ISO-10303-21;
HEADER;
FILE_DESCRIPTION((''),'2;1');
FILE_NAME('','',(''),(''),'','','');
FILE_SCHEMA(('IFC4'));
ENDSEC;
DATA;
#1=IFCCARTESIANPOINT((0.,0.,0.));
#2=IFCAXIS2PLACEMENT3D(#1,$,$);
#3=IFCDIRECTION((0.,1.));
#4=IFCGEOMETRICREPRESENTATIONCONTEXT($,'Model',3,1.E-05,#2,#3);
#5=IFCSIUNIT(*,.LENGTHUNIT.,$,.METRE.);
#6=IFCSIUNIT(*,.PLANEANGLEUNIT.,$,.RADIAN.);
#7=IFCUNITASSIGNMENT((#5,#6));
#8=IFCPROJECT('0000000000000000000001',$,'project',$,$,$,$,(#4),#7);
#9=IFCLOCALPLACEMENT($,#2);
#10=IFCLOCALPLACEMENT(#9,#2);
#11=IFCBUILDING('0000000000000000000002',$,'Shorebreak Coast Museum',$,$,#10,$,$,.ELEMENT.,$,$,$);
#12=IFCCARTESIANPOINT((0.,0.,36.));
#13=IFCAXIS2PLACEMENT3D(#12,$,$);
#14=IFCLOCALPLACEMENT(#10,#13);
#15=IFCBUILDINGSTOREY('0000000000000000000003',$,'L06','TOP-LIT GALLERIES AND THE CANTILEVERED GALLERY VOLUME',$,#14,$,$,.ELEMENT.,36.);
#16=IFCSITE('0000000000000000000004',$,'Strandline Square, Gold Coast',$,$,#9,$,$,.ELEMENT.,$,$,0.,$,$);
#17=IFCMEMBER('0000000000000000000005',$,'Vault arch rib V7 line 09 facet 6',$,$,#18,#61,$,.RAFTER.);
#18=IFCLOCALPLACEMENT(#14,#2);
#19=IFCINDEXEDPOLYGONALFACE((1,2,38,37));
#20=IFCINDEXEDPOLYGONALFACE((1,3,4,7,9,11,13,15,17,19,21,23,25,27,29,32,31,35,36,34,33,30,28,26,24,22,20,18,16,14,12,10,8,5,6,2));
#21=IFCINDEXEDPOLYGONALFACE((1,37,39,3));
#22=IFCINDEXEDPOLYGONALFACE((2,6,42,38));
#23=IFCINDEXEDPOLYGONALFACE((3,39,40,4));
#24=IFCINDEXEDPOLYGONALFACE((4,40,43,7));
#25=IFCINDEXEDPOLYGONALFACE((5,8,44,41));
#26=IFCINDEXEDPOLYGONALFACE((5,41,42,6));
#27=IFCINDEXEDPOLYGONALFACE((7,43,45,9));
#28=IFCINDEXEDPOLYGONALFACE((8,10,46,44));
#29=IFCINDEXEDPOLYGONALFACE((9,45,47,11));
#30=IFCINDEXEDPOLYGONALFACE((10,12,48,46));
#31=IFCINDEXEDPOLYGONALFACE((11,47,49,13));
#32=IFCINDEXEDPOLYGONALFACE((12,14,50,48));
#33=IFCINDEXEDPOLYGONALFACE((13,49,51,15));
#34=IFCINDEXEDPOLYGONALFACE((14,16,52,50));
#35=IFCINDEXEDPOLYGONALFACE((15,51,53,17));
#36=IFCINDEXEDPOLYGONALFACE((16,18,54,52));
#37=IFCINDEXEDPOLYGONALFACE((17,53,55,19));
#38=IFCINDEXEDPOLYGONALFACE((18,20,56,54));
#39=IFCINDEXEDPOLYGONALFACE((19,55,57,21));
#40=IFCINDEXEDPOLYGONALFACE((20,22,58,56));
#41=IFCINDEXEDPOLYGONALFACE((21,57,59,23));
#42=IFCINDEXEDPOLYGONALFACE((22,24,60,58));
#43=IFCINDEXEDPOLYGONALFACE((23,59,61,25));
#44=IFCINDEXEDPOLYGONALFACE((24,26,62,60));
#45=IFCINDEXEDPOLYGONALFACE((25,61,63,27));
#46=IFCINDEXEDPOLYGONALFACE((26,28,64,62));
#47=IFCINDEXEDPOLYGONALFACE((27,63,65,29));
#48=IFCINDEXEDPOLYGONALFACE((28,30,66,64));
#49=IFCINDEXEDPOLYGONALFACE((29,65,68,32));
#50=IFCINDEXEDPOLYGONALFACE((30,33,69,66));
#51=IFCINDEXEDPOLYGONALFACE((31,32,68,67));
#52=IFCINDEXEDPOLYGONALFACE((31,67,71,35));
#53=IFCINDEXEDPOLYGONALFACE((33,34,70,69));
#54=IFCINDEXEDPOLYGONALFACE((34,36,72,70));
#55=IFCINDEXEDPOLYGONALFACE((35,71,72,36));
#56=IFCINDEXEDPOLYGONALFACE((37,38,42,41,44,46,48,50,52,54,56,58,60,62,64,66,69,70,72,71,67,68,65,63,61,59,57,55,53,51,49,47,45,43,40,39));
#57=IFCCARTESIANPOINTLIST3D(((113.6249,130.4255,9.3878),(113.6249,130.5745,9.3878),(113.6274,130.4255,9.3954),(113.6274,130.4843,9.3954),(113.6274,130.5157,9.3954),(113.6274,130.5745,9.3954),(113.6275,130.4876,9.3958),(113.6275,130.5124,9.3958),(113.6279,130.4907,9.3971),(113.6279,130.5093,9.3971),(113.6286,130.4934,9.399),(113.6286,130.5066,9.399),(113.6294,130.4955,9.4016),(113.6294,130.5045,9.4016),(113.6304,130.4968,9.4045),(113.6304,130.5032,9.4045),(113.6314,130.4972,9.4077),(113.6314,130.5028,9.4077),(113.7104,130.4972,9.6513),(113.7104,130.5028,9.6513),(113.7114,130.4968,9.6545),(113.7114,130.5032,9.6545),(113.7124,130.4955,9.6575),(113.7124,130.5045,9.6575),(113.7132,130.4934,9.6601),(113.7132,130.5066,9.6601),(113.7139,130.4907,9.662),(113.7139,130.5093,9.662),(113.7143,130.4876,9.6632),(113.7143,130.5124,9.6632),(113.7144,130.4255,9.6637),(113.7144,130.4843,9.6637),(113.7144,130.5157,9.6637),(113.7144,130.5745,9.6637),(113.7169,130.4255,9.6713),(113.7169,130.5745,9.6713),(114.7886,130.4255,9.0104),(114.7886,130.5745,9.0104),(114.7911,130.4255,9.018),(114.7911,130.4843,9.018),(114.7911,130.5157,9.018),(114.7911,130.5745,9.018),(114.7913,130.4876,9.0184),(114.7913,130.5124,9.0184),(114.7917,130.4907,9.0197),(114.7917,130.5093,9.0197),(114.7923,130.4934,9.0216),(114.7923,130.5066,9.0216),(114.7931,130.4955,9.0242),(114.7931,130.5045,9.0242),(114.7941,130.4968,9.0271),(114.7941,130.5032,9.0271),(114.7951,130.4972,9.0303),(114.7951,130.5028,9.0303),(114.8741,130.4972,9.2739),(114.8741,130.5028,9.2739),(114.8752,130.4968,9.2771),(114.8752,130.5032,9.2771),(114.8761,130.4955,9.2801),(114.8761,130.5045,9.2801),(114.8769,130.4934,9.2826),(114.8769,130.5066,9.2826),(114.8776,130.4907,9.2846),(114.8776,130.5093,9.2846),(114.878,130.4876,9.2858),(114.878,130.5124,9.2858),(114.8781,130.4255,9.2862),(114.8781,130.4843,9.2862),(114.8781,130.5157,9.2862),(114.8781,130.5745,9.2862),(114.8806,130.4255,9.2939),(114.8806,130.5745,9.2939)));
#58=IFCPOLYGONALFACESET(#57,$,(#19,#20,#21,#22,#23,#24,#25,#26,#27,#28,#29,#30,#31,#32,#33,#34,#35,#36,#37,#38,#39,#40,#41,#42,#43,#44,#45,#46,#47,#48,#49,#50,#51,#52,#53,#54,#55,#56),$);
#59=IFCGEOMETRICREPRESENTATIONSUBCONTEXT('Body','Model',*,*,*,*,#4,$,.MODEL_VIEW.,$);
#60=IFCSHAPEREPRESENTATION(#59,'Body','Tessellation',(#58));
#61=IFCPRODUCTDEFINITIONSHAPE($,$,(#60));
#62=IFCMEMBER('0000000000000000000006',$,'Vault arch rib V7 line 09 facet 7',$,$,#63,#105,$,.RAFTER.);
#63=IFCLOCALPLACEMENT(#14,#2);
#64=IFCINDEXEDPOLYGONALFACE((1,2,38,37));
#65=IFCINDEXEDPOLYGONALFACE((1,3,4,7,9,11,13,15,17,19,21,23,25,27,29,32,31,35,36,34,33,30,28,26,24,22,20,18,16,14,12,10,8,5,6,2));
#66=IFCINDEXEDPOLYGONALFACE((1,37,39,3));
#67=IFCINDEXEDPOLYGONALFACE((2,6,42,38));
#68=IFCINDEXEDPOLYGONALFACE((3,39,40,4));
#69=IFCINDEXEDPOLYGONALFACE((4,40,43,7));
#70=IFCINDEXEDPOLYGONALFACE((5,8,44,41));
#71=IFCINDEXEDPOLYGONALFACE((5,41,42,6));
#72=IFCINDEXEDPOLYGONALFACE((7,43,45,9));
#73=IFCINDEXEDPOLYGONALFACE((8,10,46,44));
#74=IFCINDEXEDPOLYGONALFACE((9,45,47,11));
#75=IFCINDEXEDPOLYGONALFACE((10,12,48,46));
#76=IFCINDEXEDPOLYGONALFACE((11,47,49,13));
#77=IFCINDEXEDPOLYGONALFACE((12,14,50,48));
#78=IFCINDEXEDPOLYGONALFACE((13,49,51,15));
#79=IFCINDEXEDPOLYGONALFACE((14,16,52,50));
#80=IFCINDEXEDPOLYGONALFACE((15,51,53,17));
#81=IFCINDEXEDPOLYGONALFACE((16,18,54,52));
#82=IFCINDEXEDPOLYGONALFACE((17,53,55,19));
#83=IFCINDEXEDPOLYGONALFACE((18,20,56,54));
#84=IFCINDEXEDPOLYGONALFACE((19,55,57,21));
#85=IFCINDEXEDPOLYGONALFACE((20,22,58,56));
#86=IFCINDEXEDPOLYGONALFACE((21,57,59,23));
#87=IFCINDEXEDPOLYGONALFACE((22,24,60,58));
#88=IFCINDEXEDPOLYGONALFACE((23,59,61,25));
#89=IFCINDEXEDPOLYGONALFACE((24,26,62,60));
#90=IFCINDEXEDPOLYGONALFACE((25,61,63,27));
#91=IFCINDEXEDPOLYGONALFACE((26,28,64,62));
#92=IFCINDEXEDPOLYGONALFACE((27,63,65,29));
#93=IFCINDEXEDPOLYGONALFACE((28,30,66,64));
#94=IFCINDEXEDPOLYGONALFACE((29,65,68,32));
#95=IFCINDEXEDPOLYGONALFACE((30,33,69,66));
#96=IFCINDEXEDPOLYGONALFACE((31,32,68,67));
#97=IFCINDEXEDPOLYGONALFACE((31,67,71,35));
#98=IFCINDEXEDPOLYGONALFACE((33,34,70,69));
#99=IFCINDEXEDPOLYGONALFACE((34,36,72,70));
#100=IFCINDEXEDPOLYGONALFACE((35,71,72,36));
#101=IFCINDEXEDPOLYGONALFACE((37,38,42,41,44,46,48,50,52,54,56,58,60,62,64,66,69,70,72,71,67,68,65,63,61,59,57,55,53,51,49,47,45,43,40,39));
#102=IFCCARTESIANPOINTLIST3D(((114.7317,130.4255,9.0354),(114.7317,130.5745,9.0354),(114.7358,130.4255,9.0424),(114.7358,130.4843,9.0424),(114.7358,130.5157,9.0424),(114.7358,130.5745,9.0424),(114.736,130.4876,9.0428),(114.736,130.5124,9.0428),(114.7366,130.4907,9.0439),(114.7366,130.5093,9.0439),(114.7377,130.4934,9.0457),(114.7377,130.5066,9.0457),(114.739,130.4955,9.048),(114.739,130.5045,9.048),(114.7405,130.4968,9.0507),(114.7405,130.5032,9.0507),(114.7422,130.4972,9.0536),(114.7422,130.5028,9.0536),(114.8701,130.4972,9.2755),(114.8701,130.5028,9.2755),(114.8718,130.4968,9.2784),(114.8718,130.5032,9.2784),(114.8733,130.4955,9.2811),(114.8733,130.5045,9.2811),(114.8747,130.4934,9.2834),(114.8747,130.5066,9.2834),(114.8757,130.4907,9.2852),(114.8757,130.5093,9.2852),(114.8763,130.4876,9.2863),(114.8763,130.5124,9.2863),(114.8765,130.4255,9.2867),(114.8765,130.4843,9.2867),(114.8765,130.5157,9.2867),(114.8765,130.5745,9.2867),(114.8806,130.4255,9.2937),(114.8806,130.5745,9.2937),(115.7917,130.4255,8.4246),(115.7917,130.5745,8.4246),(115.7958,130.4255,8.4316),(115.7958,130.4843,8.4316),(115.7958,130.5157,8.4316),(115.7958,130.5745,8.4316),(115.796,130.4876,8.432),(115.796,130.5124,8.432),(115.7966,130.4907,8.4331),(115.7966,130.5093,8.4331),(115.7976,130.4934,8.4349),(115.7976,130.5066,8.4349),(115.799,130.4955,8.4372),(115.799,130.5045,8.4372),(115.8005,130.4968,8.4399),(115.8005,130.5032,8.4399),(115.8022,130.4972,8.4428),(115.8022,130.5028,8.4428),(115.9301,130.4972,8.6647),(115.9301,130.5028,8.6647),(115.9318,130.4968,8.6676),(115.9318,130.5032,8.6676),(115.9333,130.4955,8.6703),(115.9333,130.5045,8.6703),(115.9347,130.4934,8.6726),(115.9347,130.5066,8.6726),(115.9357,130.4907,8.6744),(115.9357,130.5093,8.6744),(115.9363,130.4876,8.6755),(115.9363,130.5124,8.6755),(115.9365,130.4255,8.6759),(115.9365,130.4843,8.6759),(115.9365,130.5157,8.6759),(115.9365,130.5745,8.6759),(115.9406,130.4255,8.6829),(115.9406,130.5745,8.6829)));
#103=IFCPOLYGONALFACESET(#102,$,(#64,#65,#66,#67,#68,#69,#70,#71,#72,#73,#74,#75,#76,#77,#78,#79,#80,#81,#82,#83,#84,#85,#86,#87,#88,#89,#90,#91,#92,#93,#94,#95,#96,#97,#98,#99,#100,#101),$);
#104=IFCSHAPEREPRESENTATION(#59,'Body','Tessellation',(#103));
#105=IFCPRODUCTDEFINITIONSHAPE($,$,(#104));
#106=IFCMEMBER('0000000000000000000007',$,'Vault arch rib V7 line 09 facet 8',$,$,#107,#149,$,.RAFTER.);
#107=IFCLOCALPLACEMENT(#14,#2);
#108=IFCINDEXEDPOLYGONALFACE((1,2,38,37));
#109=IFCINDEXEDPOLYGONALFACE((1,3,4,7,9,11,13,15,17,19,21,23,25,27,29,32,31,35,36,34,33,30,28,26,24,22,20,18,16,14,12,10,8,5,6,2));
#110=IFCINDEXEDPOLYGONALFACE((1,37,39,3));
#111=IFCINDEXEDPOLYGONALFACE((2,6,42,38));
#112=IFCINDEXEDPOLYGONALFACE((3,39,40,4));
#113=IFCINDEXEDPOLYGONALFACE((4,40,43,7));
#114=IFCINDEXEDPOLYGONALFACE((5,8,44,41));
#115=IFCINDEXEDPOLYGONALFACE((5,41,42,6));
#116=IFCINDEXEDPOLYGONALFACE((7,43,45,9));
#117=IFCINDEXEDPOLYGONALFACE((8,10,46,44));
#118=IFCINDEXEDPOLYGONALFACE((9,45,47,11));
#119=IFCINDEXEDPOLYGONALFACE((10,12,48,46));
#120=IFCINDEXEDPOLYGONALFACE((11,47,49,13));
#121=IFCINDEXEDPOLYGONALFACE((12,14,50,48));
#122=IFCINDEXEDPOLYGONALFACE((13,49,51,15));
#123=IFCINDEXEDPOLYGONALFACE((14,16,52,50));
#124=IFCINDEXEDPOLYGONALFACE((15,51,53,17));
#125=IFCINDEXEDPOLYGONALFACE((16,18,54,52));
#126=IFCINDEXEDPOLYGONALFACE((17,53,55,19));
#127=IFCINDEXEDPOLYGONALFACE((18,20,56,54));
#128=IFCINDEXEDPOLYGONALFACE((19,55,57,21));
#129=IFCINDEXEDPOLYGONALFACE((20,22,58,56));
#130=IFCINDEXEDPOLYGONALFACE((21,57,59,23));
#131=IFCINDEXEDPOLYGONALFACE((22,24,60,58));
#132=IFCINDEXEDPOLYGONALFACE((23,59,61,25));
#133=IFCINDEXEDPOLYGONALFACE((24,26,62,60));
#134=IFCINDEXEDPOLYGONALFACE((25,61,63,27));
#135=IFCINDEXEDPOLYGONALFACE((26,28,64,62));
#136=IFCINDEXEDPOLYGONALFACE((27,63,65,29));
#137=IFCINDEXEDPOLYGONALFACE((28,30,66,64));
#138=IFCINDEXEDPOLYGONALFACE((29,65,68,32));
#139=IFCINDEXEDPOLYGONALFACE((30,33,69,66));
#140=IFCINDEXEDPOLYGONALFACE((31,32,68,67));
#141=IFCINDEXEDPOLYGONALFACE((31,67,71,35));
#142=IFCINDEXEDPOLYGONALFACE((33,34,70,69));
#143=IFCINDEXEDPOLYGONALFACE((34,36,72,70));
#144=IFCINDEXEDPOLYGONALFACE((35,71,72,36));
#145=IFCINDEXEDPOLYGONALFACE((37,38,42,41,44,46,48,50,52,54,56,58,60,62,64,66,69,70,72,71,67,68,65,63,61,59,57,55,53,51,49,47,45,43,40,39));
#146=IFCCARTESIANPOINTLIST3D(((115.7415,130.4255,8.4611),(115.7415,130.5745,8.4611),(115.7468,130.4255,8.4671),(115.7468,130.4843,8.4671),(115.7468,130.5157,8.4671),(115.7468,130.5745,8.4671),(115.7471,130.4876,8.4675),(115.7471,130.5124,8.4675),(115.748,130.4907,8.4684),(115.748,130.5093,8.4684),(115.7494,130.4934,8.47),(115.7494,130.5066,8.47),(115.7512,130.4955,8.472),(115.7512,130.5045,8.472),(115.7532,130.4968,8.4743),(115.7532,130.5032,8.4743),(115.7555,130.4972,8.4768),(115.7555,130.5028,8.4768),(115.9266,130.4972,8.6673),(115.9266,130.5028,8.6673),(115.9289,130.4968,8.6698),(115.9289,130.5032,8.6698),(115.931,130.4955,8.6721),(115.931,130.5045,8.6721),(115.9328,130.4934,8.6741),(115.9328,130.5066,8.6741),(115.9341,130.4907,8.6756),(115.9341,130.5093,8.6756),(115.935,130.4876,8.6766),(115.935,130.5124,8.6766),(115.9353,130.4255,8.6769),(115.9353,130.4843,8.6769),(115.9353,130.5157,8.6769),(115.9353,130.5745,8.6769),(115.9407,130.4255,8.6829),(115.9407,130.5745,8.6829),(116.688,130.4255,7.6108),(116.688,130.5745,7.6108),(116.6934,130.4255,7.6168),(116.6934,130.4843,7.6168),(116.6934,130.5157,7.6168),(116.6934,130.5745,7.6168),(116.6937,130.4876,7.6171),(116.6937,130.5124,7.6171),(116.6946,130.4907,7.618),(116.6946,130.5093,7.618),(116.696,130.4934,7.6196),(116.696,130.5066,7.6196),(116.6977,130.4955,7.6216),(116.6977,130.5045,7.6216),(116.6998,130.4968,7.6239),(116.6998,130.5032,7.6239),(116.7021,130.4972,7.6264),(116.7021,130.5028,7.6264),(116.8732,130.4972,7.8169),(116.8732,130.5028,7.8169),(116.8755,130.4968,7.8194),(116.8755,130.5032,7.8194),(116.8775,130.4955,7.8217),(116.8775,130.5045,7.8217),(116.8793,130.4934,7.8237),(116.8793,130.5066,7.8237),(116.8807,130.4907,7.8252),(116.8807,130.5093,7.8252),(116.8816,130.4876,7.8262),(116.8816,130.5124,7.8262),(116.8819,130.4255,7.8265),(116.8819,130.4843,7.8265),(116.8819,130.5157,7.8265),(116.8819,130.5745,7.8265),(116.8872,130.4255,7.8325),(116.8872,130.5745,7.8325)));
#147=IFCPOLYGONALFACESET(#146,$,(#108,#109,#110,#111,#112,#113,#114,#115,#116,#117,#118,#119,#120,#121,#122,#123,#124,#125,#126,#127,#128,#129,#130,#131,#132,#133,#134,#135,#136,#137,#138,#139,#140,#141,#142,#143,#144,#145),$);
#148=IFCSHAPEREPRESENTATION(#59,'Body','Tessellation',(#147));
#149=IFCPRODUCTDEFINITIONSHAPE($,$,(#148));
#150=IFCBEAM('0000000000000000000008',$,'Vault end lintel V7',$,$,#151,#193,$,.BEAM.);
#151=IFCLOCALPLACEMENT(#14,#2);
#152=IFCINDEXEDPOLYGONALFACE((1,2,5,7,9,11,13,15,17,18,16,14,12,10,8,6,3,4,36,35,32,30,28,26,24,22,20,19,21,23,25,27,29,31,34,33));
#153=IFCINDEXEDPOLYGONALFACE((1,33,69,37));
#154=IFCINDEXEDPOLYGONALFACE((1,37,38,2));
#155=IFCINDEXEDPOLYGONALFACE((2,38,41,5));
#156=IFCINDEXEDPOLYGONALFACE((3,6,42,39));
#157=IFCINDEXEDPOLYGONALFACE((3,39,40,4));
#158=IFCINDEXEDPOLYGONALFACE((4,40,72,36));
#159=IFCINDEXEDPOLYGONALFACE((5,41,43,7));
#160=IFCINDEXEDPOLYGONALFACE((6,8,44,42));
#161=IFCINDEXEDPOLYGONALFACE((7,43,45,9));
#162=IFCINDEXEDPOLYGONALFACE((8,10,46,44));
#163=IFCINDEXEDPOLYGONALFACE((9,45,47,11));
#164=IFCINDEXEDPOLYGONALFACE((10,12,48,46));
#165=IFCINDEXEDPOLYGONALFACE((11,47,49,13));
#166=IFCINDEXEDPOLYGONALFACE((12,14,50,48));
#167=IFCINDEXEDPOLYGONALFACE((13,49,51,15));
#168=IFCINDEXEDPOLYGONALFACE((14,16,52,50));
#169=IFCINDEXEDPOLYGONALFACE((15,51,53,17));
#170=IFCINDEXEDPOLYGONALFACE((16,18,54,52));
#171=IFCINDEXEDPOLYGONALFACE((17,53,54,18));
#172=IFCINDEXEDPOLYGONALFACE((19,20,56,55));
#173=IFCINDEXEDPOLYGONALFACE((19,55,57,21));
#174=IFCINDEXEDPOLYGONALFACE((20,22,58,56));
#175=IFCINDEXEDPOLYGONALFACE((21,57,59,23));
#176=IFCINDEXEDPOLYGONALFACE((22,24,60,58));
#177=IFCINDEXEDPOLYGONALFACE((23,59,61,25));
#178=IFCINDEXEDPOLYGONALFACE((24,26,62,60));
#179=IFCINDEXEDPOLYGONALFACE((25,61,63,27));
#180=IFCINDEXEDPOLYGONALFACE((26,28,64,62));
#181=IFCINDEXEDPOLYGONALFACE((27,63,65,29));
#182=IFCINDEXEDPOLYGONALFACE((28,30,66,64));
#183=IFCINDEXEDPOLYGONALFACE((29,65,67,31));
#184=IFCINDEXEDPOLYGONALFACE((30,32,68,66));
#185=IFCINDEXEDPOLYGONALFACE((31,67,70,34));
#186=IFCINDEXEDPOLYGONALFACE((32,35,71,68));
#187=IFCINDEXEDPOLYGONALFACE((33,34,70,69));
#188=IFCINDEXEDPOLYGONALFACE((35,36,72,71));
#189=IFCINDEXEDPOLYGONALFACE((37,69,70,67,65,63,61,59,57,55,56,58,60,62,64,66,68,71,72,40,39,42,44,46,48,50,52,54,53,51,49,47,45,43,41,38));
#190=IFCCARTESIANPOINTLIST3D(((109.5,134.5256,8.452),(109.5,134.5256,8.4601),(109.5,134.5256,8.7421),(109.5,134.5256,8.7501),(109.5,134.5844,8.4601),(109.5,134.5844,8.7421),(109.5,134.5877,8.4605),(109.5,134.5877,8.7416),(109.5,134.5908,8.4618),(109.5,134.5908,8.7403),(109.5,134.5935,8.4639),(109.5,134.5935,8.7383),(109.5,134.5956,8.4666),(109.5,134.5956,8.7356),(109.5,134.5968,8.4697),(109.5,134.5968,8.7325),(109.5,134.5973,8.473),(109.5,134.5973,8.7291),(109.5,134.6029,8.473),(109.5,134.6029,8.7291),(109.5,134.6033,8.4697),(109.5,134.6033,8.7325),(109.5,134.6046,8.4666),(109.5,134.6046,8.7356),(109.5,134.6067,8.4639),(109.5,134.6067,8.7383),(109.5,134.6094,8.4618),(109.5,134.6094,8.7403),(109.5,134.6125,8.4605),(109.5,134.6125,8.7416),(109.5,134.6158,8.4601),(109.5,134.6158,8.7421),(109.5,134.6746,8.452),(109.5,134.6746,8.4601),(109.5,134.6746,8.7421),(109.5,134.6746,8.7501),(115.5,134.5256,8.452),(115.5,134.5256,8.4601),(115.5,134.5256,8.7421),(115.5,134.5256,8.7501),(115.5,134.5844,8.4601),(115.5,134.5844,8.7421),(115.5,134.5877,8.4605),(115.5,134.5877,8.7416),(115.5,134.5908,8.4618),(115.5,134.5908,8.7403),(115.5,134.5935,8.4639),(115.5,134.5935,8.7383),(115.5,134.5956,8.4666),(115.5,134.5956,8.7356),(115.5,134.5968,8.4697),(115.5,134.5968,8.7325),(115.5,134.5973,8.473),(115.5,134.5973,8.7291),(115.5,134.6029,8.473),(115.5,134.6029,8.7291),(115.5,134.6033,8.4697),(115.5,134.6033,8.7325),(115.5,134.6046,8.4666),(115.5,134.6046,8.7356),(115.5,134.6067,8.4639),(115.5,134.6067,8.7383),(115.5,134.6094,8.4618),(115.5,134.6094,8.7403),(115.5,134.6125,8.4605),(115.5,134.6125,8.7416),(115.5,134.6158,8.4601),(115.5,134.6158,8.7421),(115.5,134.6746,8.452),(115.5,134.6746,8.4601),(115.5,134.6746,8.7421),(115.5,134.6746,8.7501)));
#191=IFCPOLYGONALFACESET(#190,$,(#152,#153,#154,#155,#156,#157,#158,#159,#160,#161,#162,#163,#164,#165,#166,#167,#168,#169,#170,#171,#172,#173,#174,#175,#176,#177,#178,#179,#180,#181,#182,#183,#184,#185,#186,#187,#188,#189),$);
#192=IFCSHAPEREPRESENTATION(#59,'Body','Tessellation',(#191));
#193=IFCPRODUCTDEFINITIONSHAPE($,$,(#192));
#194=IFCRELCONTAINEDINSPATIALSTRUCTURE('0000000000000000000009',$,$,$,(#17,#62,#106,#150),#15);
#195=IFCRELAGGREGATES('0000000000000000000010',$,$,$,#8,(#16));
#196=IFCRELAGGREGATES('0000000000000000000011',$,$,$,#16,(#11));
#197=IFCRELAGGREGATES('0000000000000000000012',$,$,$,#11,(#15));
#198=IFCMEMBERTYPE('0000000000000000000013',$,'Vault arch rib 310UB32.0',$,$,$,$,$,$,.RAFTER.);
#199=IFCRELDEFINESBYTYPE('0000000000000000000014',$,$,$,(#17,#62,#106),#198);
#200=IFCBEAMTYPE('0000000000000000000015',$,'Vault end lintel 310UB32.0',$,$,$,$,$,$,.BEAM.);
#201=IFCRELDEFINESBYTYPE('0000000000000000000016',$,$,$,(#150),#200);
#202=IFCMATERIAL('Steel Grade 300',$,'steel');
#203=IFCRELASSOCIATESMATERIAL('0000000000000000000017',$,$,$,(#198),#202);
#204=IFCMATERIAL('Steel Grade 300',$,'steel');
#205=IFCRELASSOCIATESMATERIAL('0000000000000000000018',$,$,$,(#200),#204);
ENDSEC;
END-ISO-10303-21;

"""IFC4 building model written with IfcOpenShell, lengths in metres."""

from ifc_helpers import new_model, si_unit, direction, frame, origin, origin_2d, place, context, subcontext, project, spatial, i_section, extrude, material, material_profile, profile_set, type_object, element, save


model = new_model("IFC4")

# Units and contexts
model_context = context("Model", 3, precision=1e-05, world=origin(), true_north=direction((0.0, 1.0)))
body_context = subcontext(model_context, "Body", "Model", "MODEL_VIEW")
ifc_project = project(units=[si_unit("LENGTHUNIT", "METRE"), si_unit("PLANEANGLEUNIT", "RADIAN")], contexts=[model_context])

# Site, building, storey
site_placement = place(None, origin())
site = spatial("IfcSite", under=ifc_project, at=site_placement, Name="Strandline Square, Gold Coast", CompositionType="ELEMENT", RefElevation=0.0)
building_placement = place(site_placement, origin())
building = spatial("IfcBuilding", under=site, at=building_placement, Name="Shorebreak Coast Museum", CompositionType="ELEMENT")
storey_placement = place(building_placement, frame((0.0, 0.0, 36.0)))
storey = spatial("IfcBuildingStorey", under=building, at=storey_placement, Name="L06", Description="TOP-LIT GALLERIES AND THE CANTILEVERED GALLERY VOLUME", CompositionType="ELEMENT", Elevation=36.0)

# Members
ifc_material_1 = material(Name="Steel Grade 300", Category="steel")
ifc_material_profile_1 = material_profile(ifc_material_1, i_section(OverallWidth=0.1489, OverallDepth=0.2981, WebThickness=0.0056, FlangeThickness=0.0081, FilletRadius=0.0129, at=origin_2d()), Name="310UB32.0")
ifc_profile_set_1 = profile_set([ifc_material_profile_1], Name="Steel Grade 300")
member_type_1 = type_object("IfcMemberType", Name="Vault arch rib 310UB32.0", PredefinedType="RAFTER", material=ifc_profile_set_1)
for number, where, z_axis, x_axis, name in (
    (1, (113.6709, 130.5, 9.5295), (0.951226, 0.0, -0.308495), (0.0, 1.0, 0.0), "Vault arch rib V7 line 09 facet 6"),
    (2, (114.8062, 130.5, 9.1646), (0.866445, 0.0, -0.499273), (0.0, 1.0, 0.0), "Vault arch rib V7 line 09 facet 7"),
):
    element("IfcMember", number, at=place(storey_placement, frame(where, z_axis=z_axis, x_axis=x_axis)), inside=storey, type_object=member_type_1, Name=name, PredefinedType="RAFTER", context=body_context, shape_type="SweptSolid", body=[
        extrude(i_section(OverallWidth=0.1489, OverallDepth=0.2981, WebThickness=0.0056, FlangeThickness=0.0081, FilletRadius=0.0129, at=origin_2d()), origin(), (0.0, 0.0, 1.0), 1.2234),
    ])
member_1_placement = place(storey_placement, frame((115.8411, 130.5, 8.572), z_axis=(0.743895, 0.0, -0.668297), x_axis=(0.0, 1.0, 0.0)))
element("IfcMember", 3, at=member_1_placement, inside=storey, type_object=member_type_1, Name="Vault arch rib V7 line 09 facet 8", PredefinedType="RAFTER", context=body_context, shape_type="SweptSolid", body=[
    extrude(i_section(OverallWidth=0.1489, OverallDepth=0.2981, WebThickness=0.0056, FlangeThickness=0.0081, FilletRadius=0.0129, at=origin_2d()), origin(), (0.0, 0.0, 1.0), 1.2725),
])

# Beam
ifc_material_2 = material(Name="Steel Grade 300", Category="steel")
ifc_material_profile_2 = material_profile(ifc_material_2, i_section(OverallWidth=0.1489, OverallDepth=0.2981, WebThickness=0.0056, FlangeThickness=0.0081, FilletRadius=0.0129, at=origin_2d()), Name="310UB32.0")
ifc_profile_set_2 = profile_set([ifc_material_profile_2], Name="Steel Grade 300")
beam_type = type_object("IfcBeamType", Name="Vault end lintel 310UB32.0", PredefinedType="BEAM", material=ifc_profile_set_2)
beam_placement = place(storey_placement, frame((109.5, 134.6001, 8.6011), z_axis=(1.0, 0.0, 0.0), x_axis=(0.0, 1.0, 0.0)))
element("IfcBeam", 4, at=beam_placement, inside=storey, type_object=beam_type, Name="Vault end lintel V7", PredefinedType="BEAM", context=body_context, shape_type="SweptSolid", body=[
    extrude(i_section(OverallWidth=0.1489, OverallDepth=0.2981, WebThickness=0.0056, FlangeThickness=0.0081, FilletRadius=0.0129, at=origin_2d()), origin(), (0.0, 0.0, 1.0), 6.0),
])

save(model, "model.ifc")
